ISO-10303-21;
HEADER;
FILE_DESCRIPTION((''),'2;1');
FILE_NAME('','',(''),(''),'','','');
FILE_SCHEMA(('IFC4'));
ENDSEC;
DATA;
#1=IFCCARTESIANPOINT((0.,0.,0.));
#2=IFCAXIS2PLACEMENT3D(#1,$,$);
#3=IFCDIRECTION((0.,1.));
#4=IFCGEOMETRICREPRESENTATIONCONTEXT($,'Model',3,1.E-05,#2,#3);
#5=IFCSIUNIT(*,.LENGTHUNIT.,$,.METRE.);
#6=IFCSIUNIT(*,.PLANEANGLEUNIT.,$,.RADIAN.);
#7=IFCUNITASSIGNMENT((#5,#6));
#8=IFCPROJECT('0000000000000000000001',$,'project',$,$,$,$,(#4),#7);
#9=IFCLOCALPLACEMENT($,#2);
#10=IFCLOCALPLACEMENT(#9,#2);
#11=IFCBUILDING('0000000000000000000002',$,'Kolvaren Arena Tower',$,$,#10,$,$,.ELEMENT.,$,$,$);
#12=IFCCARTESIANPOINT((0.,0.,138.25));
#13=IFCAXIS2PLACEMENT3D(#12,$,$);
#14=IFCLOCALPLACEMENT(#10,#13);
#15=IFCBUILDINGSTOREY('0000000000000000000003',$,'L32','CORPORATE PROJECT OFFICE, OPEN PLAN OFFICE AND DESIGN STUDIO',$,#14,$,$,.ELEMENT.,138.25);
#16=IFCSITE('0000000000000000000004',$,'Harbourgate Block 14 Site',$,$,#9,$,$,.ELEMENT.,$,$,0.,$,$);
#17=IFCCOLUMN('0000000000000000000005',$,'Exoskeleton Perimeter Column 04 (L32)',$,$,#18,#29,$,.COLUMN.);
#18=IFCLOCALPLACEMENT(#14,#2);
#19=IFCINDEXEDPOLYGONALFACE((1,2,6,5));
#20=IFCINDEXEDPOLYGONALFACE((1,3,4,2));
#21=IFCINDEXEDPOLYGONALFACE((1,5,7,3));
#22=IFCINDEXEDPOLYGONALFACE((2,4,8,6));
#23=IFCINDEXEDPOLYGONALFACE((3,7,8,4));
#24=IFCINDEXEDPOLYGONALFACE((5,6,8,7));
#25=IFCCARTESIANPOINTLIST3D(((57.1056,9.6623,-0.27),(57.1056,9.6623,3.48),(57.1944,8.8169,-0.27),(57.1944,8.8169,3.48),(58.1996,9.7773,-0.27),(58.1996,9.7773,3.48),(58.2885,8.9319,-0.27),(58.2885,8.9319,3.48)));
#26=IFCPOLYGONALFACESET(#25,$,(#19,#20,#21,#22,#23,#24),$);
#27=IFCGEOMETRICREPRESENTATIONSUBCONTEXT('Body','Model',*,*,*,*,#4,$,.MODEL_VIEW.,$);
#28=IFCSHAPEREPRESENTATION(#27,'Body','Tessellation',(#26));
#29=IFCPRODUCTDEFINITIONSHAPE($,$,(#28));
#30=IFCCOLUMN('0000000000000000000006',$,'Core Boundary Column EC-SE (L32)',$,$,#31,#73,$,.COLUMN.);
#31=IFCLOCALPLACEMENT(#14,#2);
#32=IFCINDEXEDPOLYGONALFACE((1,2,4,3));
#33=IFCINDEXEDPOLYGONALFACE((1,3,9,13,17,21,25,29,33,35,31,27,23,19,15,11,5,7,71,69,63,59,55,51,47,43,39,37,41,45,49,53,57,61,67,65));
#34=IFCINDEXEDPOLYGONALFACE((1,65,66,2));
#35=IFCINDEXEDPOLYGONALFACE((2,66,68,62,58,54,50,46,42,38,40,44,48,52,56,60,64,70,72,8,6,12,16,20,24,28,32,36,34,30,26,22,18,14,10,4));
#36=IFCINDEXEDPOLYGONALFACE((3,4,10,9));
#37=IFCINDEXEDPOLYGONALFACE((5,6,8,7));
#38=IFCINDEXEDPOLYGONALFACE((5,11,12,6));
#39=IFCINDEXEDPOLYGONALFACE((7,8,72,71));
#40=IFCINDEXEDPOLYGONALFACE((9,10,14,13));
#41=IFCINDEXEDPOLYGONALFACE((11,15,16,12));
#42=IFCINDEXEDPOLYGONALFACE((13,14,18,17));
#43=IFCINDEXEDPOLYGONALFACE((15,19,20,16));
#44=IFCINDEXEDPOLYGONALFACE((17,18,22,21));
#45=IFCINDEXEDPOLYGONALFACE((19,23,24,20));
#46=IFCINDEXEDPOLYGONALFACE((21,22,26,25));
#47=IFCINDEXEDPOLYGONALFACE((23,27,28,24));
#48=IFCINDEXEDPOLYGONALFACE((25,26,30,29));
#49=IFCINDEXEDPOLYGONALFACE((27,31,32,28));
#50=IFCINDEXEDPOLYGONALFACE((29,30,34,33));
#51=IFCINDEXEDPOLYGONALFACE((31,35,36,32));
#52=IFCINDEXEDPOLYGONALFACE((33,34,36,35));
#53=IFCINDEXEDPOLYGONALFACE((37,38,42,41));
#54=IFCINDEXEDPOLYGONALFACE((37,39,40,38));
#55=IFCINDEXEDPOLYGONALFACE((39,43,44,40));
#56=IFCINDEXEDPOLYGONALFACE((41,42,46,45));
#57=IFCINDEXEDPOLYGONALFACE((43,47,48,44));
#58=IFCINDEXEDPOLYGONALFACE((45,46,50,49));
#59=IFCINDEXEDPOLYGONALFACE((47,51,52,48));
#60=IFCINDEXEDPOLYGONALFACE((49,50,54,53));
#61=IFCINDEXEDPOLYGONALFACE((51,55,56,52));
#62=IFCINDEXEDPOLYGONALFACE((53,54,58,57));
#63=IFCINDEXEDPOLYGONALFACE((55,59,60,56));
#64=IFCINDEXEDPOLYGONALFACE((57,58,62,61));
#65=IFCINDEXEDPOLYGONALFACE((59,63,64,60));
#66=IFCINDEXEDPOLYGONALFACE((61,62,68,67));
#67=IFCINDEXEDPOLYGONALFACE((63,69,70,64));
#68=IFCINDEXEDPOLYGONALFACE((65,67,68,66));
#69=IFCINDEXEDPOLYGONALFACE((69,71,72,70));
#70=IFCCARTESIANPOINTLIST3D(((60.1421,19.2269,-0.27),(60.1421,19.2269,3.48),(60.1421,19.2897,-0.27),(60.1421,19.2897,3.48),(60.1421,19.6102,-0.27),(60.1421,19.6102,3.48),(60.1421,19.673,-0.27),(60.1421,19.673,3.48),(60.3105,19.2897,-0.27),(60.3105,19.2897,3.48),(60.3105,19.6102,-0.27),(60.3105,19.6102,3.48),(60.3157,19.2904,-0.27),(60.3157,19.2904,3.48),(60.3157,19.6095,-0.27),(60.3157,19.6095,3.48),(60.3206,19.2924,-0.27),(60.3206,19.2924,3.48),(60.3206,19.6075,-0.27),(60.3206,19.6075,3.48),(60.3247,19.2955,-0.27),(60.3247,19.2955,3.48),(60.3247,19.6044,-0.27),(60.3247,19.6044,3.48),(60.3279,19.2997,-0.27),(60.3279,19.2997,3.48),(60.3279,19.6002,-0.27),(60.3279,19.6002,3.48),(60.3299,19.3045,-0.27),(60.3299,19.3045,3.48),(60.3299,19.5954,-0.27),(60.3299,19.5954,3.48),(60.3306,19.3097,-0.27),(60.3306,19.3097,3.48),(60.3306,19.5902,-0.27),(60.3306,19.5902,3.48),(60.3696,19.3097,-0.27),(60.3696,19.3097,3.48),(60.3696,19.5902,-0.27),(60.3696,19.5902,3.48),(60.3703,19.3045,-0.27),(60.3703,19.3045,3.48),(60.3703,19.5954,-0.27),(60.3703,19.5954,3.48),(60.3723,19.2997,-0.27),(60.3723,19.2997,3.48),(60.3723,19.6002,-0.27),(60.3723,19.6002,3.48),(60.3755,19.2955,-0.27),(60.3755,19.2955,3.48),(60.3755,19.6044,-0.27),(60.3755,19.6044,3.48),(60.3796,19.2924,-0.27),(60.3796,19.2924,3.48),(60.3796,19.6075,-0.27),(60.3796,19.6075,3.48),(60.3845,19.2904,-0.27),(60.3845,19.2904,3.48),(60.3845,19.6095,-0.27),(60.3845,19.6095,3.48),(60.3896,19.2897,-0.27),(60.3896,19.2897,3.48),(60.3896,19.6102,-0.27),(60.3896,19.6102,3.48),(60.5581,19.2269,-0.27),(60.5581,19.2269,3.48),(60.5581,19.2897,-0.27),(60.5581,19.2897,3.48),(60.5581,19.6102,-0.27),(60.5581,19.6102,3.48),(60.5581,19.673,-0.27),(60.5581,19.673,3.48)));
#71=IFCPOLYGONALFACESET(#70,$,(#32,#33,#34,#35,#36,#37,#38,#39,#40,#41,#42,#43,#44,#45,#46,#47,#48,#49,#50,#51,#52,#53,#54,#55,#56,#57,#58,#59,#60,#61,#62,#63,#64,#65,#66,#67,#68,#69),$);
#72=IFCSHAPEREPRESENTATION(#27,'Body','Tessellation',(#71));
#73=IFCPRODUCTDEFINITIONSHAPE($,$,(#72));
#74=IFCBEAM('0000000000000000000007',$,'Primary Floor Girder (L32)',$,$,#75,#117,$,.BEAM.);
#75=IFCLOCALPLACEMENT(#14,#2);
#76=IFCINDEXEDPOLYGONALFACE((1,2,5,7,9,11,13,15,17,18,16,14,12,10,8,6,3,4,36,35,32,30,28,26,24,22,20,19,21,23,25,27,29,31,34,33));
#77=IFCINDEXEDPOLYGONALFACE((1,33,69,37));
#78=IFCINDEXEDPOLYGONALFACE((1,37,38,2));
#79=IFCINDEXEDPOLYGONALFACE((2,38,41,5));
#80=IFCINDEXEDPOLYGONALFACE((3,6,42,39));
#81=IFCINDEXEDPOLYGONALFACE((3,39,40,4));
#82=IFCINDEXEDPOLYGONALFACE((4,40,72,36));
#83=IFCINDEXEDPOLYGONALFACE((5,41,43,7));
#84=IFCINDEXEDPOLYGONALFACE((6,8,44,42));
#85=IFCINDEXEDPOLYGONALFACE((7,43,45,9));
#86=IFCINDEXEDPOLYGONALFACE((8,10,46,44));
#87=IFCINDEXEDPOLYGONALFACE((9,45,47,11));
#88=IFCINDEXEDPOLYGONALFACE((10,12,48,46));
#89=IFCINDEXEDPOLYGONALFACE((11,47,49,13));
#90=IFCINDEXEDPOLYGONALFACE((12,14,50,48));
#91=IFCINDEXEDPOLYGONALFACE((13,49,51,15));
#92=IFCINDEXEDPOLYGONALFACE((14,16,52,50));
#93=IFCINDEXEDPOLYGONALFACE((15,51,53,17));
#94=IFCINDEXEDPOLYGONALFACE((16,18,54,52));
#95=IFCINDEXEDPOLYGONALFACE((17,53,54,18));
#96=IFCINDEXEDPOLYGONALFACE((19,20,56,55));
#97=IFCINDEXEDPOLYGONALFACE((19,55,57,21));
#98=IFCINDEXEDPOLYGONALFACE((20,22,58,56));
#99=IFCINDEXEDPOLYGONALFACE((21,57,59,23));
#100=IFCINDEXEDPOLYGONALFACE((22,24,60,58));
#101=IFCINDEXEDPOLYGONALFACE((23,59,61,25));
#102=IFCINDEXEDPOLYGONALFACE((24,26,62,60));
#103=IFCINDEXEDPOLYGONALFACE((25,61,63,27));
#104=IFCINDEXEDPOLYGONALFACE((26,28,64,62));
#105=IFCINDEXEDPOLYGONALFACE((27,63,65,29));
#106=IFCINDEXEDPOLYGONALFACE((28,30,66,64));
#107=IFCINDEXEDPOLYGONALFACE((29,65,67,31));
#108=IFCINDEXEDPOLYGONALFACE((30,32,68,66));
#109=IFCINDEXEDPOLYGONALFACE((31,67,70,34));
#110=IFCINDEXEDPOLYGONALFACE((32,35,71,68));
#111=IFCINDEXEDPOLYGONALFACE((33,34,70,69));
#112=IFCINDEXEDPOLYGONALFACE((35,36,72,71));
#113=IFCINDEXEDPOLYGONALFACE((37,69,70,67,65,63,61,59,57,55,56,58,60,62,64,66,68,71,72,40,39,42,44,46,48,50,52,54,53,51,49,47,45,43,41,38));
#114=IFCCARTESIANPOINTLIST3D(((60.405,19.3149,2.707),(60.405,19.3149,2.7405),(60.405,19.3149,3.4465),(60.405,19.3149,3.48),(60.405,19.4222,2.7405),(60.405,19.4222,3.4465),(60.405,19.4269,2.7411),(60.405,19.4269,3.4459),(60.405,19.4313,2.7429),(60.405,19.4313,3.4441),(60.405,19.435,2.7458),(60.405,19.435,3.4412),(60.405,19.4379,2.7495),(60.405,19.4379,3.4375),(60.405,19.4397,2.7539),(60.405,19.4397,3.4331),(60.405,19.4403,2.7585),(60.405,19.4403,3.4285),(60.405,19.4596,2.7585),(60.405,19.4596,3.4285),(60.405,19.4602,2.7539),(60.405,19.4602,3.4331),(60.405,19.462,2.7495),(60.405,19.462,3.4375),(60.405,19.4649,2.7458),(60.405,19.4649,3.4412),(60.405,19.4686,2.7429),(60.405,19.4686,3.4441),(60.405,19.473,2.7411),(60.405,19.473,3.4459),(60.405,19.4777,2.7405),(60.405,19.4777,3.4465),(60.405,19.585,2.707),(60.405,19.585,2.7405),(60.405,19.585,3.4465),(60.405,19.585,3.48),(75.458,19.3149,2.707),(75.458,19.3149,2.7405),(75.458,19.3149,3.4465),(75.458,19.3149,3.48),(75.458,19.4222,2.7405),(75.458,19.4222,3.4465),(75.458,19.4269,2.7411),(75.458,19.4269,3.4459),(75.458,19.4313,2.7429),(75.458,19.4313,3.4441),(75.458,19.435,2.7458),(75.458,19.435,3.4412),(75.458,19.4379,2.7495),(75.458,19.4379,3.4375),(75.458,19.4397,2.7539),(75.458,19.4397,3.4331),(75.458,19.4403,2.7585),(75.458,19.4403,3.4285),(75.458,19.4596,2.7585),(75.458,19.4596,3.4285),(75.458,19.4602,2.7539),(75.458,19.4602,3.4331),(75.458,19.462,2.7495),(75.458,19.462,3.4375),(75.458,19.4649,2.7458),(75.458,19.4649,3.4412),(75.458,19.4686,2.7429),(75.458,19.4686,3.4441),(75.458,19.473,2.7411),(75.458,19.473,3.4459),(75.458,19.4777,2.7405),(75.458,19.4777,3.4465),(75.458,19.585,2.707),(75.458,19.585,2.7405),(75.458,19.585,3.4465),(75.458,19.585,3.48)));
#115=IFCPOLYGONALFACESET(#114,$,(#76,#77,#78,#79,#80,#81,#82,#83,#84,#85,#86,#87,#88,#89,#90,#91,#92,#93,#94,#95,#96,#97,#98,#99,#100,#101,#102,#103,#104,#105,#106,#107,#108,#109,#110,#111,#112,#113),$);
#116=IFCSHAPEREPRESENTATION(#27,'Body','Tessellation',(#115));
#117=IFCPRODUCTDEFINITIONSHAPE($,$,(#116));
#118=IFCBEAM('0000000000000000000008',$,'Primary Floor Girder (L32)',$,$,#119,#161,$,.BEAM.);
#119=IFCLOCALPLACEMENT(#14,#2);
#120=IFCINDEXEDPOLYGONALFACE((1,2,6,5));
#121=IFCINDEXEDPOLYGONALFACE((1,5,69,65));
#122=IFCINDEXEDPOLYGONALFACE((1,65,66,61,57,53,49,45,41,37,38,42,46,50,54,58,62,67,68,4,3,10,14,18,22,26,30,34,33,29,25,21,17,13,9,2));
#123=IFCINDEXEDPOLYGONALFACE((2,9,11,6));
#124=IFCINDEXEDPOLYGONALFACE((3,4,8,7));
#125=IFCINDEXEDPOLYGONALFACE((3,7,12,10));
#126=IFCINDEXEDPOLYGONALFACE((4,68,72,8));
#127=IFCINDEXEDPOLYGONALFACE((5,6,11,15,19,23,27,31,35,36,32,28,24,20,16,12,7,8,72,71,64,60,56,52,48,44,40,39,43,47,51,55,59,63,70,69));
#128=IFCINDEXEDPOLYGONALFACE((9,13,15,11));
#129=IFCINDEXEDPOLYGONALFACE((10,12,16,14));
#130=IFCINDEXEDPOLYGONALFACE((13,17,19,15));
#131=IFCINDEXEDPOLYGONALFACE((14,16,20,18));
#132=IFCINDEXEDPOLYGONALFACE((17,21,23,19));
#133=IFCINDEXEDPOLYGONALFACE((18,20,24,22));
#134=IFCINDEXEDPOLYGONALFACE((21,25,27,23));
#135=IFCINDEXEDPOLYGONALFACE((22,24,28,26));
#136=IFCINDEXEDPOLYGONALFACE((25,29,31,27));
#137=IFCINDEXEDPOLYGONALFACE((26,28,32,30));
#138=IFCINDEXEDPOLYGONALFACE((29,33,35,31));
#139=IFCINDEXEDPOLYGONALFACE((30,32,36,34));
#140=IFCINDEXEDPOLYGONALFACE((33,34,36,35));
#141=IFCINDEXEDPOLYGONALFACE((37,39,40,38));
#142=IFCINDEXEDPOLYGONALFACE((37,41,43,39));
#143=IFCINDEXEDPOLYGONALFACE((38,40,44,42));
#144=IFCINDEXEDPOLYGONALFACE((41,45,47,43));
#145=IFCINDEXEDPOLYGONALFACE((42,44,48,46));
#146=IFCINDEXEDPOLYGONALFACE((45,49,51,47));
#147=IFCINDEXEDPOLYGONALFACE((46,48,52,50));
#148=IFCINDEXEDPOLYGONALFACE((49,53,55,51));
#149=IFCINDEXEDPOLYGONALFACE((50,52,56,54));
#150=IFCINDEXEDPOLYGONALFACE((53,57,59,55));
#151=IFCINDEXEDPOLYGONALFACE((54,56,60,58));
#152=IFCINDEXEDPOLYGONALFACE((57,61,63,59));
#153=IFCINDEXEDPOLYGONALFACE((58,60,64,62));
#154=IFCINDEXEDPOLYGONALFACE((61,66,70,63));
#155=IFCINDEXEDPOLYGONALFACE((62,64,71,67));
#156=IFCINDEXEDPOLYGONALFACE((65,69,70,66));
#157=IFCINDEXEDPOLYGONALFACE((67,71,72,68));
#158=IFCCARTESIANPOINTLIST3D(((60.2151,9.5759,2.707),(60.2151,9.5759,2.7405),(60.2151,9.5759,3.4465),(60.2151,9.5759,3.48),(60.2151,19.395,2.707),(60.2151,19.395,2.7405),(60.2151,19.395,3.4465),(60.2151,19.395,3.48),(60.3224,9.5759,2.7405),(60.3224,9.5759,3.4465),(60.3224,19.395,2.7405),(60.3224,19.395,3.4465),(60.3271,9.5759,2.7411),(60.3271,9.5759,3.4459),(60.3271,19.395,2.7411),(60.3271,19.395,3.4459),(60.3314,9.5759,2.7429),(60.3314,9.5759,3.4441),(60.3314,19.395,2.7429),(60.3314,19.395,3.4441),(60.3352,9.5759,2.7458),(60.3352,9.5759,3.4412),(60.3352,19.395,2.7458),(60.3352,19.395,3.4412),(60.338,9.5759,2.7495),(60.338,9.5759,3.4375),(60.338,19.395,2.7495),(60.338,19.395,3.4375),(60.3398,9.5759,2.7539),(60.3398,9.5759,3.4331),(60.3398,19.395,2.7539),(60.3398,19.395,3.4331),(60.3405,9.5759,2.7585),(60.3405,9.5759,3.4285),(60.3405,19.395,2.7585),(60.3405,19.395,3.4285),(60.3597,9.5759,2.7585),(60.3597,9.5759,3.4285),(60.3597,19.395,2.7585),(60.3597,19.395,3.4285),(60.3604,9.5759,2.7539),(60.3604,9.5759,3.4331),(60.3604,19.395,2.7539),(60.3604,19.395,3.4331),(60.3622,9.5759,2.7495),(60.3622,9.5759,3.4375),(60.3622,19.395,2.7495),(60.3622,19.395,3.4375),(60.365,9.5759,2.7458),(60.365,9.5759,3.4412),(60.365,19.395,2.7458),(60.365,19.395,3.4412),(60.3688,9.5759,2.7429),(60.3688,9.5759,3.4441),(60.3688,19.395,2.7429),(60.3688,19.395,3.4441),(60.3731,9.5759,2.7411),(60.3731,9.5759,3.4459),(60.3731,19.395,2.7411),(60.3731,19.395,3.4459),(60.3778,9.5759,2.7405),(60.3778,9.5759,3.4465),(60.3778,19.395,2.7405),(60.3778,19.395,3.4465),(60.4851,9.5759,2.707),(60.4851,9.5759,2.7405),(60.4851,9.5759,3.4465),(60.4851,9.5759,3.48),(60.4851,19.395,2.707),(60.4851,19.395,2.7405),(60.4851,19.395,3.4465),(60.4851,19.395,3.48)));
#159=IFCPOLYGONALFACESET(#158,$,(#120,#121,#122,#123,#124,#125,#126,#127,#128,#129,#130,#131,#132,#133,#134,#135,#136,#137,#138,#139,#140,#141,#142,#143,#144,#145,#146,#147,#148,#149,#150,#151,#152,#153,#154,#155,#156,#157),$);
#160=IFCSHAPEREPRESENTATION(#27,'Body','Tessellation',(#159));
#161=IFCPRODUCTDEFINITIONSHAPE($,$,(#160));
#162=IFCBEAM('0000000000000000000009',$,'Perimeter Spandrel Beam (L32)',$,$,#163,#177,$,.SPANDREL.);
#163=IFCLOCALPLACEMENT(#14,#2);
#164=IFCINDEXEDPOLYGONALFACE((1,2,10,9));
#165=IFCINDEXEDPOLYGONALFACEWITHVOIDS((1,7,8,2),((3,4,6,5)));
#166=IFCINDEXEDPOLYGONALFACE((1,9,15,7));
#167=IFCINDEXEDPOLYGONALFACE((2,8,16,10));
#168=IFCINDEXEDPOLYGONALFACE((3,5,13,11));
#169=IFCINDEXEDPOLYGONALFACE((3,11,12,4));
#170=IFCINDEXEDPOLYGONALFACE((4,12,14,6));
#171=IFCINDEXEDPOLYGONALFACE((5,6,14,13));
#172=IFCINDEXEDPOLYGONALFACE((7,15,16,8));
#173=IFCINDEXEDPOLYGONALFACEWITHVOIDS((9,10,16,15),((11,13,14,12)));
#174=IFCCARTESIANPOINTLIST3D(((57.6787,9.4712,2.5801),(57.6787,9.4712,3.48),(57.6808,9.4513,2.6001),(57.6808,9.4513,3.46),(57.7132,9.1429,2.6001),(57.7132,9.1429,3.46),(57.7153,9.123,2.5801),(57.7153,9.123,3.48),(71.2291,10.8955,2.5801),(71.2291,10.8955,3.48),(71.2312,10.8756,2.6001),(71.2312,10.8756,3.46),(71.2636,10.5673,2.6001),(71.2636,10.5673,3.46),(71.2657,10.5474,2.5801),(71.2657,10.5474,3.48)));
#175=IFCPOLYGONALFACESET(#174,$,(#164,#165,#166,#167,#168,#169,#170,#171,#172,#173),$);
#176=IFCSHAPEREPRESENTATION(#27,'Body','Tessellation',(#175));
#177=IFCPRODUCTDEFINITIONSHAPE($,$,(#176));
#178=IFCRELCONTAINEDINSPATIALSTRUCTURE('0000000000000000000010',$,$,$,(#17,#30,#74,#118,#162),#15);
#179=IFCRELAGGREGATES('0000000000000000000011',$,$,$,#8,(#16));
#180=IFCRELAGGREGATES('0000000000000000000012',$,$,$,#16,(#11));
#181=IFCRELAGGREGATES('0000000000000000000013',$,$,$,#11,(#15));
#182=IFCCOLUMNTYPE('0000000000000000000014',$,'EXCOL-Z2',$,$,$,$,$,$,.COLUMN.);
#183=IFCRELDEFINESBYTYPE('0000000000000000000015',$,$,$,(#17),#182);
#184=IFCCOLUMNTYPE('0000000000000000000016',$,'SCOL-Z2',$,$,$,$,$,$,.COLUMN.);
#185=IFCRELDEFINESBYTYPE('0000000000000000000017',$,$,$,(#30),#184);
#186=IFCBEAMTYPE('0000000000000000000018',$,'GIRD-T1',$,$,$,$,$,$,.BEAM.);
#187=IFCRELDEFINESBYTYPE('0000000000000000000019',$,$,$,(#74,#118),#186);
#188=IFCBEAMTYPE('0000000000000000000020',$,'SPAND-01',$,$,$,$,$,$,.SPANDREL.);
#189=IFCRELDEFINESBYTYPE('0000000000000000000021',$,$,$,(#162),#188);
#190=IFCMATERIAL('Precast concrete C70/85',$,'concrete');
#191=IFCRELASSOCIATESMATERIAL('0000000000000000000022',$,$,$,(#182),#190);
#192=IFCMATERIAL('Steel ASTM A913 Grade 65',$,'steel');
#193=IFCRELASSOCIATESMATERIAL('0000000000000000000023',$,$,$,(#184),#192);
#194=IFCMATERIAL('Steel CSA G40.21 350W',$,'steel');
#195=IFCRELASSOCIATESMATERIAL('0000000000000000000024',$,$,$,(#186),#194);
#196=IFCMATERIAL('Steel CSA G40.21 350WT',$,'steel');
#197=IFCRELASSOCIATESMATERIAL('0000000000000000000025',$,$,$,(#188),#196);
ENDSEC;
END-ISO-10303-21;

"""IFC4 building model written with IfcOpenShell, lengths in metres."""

from ifc_helpers import new_model, si_unit, direction, frame, origin, origin_2d, place, context, subcontext, project, spatial, rectangle, hollow_rectangle, i_section, extrude, material, material_profile, profile_set, type_object, element, save


model = new_model("IFC4")

# Units and contexts
model_context = context("Model", 3, precision=1e-05, world=origin(), true_north=direction((0.0, 1.0)))
body_context = subcontext(model_context, "Body", "Model", "MODEL_VIEW")
ifc_project = project(units=[si_unit("LENGTHUNIT", "METRE"), si_unit("PLANEANGLEUNIT", "RADIAN")], contexts=[model_context])

# Site, building, storey
site_placement = place(None, origin())
site = spatial("IfcSite", under=ifc_project, at=site_placement, Name="Harbourgate Block 14 Site", CompositionType="ELEMENT", RefElevation=0.0)
building_placement = place(site_placement, origin())
building = spatial("IfcBuilding", under=site, at=building_placement, Name="Kolvaren Arena Tower", CompositionType="ELEMENT")
storey_placement = place(building_placement, frame((0.0, 0.0, 138.25)))
storey = spatial("IfcBuildingStorey", under=building, at=storey_placement, Name="L32", Description="CORPORATE PROJECT OFFICE, OPEN PLAN OFFICE AND DESIGN STUDIO", CompositionType="ELEMENT", Elevation=138.25)

# Columns
ifc_material_1 = material(Name="Precast concrete C70/85", Category="concrete")
ifc_material_profile_1 = material_profile(ifc_material_1, rectangle(XDim=1.1001, YDim=0.8501, at=origin_2d()), Name="RC-1100x850")
ifc_profile_set_1 = profile_set([ifc_material_profile_1], Name="Precast concrete C70/85")
column_type_1 = type_object("IfcColumnType", Name="EXCOL-Z2", PredefinedType="COLUMN", material=ifc_profile_set_1)
column_1_placement = place(storey_placement, frame((57.697, 9.2971, -0.27), z_axis=(0.0, 0.0, 1.0), x_axis=(0.994522, 0.104528, 0.0)))
element("IfcColumn", 1, at=column_1_placement, inside=storey, type_object=column_type_1, Name="Exoskeleton Perimeter Column 04 (L32)", PredefinedType="COLUMN", context=body_context, shape_type="SweptSolid", body=[
    extrude(rectangle(XDim=1.1001, YDim=0.8501, at=origin_2d()), origin(), (0.0, 0.0, 1.0), 3.75),
])
ifc_material_2 = material(Name="Steel ASTM A913 Grade 65", Category="steel")
ifc_material_profile_2 = material_profile(ifc_material_2, i_section(OverallWidth=0.416, OverallDepth=0.446, WebThickness=0.0391, FlangeThickness=0.0627, FilletRadius=0.02, at=origin_2d()), Name="W360x509")
ifc_profile_set_2 = profile_set([ifc_material_profile_2], Name="Steel ASTM A913 Grade 65")
column_type_2 = type_object("IfcColumnType", Name="SCOL-Z2", PredefinedType="COLUMN", material=ifc_profile_set_2)
column_2_placement = place(storey_placement, frame((60.3501, 19.45, -0.27), z_axis=(0.0, 0.0, 1.0), x_axis=(1.0, 0.0, 0.0)))
element("IfcColumn", 2, at=column_2_placement, inside=storey, type_object=column_type_2, Name="Core Boundary Column EC-SE (L32)", PredefinedType="COLUMN", context=body_context, shape_type="SweptSolid", body=[
    extrude(i_section(OverallWidth=0.416, OverallDepth=0.446, WebThickness=0.0391, FlangeThickness=0.0627, FilletRadius=0.02, at=origin_2d()), origin(), (0.0, 0.0, 1.0), 3.75),
])

# Beams
ifc_material_3 = material(Name="Steel CSA G40.21 350W", Category="steel")
ifc_material_profile_3 = material_profile(ifc_material_3, i_section(OverallWidth=0.27, OverallDepth=0.7729, WebThickness=0.0193, FlangeThickness=0.0334, FilletRadius=0.0181, at=origin_2d()), Name="W760x257")
ifc_profile_set_3 = profile_set([ifc_material_profile_3], Name="Steel CSA G40.21 350W")
beam_type_1 = type_object("IfcBeamType", Name="GIRD-T1", PredefinedType="BEAM", material=ifc_profile_set_3)
beam_1_placement = place(storey_placement, frame((60.405, 19.45, 3.0935), z_axis=(1.0, 0.0, 0.0), x_axis=(0.0, 1.0, 0.0)))
element("IfcBeam", 3, at=beam_1_placement, inside=storey, type_object=beam_type_1, Name="Primary Floor Girder (L32)", PredefinedType="BEAM", context=body_context, shape_type="SweptSolid", body=[
    extrude(i_section(OverallWidth=0.27, OverallDepth=0.7729, WebThickness=0.0193, FlangeThickness=0.0334, FilletRadius=0.0181, at=origin_2d()), origin(), (0.0, 0.0, 1.0), 15.053),
])
beam_2_placement = place(storey_placement, frame((60.3501, 9.5759, 3.0935), z_axis=(0.0, 1.0, 0.0), x_axis=(-1.0, 0.0, 0.0)))
element("IfcBeam", 4, at=beam_2_placement, inside=storey, type_object=beam_type_1, Name="Primary Floor Girder (L32)", PredefinedType="BEAM", context=body_context, shape_type="SweptSolid", body=[
    extrude(i_section(OverallWidth=0.27, OverallDepth=0.7729, WebThickness=0.0193, FlangeThickness=0.0334, FilletRadius=0.0181, at=origin_2d()), origin(), (0.0, 0.0, 1.0), 9.8191),
])
ifc_material_4 = material(Name="Steel CSA G40.21 350WT", Category="steel")
ifc_material_profile_4 = material_profile(ifc_material_4, hollow_rectangle(XDim=0.3501, YDim=0.8999, WallThickness=0.02, at=origin_2d()), Name="HSS 900x350x20")
ifc_profile_set_4 = profile_set([ifc_material_profile_4], Name="Steel CSA G40.21 350WT")
beam_type_2 = type_object("IfcBeamType", Name="SPAND-01", PredefinedType="SPANDREL", material=ifc_profile_set_4)
beam_3_placement = place(storey_placement, frame((57.697, 9.2971, 3.03), z_axis=(0.994521, 0.104537, 0.0), x_axis=(-0.104537, 0.994521, 0.0)))
element("IfcBeam", 5, at=beam_3_placement, inside=storey, type_object=beam_type_2, Name="Perimeter Spandrel Beam (L32)", PredefinedType="SPANDREL", context=body_context, shape_type="SweptSolid", body=[
    extrude(hollow_rectangle(XDim=0.3501, YDim=0.8999, WallThickness=0.02, at=origin_2d()), origin(), (0.0, 0.0, 1.0), 13.625),
])

save(model, "model.ifc")
